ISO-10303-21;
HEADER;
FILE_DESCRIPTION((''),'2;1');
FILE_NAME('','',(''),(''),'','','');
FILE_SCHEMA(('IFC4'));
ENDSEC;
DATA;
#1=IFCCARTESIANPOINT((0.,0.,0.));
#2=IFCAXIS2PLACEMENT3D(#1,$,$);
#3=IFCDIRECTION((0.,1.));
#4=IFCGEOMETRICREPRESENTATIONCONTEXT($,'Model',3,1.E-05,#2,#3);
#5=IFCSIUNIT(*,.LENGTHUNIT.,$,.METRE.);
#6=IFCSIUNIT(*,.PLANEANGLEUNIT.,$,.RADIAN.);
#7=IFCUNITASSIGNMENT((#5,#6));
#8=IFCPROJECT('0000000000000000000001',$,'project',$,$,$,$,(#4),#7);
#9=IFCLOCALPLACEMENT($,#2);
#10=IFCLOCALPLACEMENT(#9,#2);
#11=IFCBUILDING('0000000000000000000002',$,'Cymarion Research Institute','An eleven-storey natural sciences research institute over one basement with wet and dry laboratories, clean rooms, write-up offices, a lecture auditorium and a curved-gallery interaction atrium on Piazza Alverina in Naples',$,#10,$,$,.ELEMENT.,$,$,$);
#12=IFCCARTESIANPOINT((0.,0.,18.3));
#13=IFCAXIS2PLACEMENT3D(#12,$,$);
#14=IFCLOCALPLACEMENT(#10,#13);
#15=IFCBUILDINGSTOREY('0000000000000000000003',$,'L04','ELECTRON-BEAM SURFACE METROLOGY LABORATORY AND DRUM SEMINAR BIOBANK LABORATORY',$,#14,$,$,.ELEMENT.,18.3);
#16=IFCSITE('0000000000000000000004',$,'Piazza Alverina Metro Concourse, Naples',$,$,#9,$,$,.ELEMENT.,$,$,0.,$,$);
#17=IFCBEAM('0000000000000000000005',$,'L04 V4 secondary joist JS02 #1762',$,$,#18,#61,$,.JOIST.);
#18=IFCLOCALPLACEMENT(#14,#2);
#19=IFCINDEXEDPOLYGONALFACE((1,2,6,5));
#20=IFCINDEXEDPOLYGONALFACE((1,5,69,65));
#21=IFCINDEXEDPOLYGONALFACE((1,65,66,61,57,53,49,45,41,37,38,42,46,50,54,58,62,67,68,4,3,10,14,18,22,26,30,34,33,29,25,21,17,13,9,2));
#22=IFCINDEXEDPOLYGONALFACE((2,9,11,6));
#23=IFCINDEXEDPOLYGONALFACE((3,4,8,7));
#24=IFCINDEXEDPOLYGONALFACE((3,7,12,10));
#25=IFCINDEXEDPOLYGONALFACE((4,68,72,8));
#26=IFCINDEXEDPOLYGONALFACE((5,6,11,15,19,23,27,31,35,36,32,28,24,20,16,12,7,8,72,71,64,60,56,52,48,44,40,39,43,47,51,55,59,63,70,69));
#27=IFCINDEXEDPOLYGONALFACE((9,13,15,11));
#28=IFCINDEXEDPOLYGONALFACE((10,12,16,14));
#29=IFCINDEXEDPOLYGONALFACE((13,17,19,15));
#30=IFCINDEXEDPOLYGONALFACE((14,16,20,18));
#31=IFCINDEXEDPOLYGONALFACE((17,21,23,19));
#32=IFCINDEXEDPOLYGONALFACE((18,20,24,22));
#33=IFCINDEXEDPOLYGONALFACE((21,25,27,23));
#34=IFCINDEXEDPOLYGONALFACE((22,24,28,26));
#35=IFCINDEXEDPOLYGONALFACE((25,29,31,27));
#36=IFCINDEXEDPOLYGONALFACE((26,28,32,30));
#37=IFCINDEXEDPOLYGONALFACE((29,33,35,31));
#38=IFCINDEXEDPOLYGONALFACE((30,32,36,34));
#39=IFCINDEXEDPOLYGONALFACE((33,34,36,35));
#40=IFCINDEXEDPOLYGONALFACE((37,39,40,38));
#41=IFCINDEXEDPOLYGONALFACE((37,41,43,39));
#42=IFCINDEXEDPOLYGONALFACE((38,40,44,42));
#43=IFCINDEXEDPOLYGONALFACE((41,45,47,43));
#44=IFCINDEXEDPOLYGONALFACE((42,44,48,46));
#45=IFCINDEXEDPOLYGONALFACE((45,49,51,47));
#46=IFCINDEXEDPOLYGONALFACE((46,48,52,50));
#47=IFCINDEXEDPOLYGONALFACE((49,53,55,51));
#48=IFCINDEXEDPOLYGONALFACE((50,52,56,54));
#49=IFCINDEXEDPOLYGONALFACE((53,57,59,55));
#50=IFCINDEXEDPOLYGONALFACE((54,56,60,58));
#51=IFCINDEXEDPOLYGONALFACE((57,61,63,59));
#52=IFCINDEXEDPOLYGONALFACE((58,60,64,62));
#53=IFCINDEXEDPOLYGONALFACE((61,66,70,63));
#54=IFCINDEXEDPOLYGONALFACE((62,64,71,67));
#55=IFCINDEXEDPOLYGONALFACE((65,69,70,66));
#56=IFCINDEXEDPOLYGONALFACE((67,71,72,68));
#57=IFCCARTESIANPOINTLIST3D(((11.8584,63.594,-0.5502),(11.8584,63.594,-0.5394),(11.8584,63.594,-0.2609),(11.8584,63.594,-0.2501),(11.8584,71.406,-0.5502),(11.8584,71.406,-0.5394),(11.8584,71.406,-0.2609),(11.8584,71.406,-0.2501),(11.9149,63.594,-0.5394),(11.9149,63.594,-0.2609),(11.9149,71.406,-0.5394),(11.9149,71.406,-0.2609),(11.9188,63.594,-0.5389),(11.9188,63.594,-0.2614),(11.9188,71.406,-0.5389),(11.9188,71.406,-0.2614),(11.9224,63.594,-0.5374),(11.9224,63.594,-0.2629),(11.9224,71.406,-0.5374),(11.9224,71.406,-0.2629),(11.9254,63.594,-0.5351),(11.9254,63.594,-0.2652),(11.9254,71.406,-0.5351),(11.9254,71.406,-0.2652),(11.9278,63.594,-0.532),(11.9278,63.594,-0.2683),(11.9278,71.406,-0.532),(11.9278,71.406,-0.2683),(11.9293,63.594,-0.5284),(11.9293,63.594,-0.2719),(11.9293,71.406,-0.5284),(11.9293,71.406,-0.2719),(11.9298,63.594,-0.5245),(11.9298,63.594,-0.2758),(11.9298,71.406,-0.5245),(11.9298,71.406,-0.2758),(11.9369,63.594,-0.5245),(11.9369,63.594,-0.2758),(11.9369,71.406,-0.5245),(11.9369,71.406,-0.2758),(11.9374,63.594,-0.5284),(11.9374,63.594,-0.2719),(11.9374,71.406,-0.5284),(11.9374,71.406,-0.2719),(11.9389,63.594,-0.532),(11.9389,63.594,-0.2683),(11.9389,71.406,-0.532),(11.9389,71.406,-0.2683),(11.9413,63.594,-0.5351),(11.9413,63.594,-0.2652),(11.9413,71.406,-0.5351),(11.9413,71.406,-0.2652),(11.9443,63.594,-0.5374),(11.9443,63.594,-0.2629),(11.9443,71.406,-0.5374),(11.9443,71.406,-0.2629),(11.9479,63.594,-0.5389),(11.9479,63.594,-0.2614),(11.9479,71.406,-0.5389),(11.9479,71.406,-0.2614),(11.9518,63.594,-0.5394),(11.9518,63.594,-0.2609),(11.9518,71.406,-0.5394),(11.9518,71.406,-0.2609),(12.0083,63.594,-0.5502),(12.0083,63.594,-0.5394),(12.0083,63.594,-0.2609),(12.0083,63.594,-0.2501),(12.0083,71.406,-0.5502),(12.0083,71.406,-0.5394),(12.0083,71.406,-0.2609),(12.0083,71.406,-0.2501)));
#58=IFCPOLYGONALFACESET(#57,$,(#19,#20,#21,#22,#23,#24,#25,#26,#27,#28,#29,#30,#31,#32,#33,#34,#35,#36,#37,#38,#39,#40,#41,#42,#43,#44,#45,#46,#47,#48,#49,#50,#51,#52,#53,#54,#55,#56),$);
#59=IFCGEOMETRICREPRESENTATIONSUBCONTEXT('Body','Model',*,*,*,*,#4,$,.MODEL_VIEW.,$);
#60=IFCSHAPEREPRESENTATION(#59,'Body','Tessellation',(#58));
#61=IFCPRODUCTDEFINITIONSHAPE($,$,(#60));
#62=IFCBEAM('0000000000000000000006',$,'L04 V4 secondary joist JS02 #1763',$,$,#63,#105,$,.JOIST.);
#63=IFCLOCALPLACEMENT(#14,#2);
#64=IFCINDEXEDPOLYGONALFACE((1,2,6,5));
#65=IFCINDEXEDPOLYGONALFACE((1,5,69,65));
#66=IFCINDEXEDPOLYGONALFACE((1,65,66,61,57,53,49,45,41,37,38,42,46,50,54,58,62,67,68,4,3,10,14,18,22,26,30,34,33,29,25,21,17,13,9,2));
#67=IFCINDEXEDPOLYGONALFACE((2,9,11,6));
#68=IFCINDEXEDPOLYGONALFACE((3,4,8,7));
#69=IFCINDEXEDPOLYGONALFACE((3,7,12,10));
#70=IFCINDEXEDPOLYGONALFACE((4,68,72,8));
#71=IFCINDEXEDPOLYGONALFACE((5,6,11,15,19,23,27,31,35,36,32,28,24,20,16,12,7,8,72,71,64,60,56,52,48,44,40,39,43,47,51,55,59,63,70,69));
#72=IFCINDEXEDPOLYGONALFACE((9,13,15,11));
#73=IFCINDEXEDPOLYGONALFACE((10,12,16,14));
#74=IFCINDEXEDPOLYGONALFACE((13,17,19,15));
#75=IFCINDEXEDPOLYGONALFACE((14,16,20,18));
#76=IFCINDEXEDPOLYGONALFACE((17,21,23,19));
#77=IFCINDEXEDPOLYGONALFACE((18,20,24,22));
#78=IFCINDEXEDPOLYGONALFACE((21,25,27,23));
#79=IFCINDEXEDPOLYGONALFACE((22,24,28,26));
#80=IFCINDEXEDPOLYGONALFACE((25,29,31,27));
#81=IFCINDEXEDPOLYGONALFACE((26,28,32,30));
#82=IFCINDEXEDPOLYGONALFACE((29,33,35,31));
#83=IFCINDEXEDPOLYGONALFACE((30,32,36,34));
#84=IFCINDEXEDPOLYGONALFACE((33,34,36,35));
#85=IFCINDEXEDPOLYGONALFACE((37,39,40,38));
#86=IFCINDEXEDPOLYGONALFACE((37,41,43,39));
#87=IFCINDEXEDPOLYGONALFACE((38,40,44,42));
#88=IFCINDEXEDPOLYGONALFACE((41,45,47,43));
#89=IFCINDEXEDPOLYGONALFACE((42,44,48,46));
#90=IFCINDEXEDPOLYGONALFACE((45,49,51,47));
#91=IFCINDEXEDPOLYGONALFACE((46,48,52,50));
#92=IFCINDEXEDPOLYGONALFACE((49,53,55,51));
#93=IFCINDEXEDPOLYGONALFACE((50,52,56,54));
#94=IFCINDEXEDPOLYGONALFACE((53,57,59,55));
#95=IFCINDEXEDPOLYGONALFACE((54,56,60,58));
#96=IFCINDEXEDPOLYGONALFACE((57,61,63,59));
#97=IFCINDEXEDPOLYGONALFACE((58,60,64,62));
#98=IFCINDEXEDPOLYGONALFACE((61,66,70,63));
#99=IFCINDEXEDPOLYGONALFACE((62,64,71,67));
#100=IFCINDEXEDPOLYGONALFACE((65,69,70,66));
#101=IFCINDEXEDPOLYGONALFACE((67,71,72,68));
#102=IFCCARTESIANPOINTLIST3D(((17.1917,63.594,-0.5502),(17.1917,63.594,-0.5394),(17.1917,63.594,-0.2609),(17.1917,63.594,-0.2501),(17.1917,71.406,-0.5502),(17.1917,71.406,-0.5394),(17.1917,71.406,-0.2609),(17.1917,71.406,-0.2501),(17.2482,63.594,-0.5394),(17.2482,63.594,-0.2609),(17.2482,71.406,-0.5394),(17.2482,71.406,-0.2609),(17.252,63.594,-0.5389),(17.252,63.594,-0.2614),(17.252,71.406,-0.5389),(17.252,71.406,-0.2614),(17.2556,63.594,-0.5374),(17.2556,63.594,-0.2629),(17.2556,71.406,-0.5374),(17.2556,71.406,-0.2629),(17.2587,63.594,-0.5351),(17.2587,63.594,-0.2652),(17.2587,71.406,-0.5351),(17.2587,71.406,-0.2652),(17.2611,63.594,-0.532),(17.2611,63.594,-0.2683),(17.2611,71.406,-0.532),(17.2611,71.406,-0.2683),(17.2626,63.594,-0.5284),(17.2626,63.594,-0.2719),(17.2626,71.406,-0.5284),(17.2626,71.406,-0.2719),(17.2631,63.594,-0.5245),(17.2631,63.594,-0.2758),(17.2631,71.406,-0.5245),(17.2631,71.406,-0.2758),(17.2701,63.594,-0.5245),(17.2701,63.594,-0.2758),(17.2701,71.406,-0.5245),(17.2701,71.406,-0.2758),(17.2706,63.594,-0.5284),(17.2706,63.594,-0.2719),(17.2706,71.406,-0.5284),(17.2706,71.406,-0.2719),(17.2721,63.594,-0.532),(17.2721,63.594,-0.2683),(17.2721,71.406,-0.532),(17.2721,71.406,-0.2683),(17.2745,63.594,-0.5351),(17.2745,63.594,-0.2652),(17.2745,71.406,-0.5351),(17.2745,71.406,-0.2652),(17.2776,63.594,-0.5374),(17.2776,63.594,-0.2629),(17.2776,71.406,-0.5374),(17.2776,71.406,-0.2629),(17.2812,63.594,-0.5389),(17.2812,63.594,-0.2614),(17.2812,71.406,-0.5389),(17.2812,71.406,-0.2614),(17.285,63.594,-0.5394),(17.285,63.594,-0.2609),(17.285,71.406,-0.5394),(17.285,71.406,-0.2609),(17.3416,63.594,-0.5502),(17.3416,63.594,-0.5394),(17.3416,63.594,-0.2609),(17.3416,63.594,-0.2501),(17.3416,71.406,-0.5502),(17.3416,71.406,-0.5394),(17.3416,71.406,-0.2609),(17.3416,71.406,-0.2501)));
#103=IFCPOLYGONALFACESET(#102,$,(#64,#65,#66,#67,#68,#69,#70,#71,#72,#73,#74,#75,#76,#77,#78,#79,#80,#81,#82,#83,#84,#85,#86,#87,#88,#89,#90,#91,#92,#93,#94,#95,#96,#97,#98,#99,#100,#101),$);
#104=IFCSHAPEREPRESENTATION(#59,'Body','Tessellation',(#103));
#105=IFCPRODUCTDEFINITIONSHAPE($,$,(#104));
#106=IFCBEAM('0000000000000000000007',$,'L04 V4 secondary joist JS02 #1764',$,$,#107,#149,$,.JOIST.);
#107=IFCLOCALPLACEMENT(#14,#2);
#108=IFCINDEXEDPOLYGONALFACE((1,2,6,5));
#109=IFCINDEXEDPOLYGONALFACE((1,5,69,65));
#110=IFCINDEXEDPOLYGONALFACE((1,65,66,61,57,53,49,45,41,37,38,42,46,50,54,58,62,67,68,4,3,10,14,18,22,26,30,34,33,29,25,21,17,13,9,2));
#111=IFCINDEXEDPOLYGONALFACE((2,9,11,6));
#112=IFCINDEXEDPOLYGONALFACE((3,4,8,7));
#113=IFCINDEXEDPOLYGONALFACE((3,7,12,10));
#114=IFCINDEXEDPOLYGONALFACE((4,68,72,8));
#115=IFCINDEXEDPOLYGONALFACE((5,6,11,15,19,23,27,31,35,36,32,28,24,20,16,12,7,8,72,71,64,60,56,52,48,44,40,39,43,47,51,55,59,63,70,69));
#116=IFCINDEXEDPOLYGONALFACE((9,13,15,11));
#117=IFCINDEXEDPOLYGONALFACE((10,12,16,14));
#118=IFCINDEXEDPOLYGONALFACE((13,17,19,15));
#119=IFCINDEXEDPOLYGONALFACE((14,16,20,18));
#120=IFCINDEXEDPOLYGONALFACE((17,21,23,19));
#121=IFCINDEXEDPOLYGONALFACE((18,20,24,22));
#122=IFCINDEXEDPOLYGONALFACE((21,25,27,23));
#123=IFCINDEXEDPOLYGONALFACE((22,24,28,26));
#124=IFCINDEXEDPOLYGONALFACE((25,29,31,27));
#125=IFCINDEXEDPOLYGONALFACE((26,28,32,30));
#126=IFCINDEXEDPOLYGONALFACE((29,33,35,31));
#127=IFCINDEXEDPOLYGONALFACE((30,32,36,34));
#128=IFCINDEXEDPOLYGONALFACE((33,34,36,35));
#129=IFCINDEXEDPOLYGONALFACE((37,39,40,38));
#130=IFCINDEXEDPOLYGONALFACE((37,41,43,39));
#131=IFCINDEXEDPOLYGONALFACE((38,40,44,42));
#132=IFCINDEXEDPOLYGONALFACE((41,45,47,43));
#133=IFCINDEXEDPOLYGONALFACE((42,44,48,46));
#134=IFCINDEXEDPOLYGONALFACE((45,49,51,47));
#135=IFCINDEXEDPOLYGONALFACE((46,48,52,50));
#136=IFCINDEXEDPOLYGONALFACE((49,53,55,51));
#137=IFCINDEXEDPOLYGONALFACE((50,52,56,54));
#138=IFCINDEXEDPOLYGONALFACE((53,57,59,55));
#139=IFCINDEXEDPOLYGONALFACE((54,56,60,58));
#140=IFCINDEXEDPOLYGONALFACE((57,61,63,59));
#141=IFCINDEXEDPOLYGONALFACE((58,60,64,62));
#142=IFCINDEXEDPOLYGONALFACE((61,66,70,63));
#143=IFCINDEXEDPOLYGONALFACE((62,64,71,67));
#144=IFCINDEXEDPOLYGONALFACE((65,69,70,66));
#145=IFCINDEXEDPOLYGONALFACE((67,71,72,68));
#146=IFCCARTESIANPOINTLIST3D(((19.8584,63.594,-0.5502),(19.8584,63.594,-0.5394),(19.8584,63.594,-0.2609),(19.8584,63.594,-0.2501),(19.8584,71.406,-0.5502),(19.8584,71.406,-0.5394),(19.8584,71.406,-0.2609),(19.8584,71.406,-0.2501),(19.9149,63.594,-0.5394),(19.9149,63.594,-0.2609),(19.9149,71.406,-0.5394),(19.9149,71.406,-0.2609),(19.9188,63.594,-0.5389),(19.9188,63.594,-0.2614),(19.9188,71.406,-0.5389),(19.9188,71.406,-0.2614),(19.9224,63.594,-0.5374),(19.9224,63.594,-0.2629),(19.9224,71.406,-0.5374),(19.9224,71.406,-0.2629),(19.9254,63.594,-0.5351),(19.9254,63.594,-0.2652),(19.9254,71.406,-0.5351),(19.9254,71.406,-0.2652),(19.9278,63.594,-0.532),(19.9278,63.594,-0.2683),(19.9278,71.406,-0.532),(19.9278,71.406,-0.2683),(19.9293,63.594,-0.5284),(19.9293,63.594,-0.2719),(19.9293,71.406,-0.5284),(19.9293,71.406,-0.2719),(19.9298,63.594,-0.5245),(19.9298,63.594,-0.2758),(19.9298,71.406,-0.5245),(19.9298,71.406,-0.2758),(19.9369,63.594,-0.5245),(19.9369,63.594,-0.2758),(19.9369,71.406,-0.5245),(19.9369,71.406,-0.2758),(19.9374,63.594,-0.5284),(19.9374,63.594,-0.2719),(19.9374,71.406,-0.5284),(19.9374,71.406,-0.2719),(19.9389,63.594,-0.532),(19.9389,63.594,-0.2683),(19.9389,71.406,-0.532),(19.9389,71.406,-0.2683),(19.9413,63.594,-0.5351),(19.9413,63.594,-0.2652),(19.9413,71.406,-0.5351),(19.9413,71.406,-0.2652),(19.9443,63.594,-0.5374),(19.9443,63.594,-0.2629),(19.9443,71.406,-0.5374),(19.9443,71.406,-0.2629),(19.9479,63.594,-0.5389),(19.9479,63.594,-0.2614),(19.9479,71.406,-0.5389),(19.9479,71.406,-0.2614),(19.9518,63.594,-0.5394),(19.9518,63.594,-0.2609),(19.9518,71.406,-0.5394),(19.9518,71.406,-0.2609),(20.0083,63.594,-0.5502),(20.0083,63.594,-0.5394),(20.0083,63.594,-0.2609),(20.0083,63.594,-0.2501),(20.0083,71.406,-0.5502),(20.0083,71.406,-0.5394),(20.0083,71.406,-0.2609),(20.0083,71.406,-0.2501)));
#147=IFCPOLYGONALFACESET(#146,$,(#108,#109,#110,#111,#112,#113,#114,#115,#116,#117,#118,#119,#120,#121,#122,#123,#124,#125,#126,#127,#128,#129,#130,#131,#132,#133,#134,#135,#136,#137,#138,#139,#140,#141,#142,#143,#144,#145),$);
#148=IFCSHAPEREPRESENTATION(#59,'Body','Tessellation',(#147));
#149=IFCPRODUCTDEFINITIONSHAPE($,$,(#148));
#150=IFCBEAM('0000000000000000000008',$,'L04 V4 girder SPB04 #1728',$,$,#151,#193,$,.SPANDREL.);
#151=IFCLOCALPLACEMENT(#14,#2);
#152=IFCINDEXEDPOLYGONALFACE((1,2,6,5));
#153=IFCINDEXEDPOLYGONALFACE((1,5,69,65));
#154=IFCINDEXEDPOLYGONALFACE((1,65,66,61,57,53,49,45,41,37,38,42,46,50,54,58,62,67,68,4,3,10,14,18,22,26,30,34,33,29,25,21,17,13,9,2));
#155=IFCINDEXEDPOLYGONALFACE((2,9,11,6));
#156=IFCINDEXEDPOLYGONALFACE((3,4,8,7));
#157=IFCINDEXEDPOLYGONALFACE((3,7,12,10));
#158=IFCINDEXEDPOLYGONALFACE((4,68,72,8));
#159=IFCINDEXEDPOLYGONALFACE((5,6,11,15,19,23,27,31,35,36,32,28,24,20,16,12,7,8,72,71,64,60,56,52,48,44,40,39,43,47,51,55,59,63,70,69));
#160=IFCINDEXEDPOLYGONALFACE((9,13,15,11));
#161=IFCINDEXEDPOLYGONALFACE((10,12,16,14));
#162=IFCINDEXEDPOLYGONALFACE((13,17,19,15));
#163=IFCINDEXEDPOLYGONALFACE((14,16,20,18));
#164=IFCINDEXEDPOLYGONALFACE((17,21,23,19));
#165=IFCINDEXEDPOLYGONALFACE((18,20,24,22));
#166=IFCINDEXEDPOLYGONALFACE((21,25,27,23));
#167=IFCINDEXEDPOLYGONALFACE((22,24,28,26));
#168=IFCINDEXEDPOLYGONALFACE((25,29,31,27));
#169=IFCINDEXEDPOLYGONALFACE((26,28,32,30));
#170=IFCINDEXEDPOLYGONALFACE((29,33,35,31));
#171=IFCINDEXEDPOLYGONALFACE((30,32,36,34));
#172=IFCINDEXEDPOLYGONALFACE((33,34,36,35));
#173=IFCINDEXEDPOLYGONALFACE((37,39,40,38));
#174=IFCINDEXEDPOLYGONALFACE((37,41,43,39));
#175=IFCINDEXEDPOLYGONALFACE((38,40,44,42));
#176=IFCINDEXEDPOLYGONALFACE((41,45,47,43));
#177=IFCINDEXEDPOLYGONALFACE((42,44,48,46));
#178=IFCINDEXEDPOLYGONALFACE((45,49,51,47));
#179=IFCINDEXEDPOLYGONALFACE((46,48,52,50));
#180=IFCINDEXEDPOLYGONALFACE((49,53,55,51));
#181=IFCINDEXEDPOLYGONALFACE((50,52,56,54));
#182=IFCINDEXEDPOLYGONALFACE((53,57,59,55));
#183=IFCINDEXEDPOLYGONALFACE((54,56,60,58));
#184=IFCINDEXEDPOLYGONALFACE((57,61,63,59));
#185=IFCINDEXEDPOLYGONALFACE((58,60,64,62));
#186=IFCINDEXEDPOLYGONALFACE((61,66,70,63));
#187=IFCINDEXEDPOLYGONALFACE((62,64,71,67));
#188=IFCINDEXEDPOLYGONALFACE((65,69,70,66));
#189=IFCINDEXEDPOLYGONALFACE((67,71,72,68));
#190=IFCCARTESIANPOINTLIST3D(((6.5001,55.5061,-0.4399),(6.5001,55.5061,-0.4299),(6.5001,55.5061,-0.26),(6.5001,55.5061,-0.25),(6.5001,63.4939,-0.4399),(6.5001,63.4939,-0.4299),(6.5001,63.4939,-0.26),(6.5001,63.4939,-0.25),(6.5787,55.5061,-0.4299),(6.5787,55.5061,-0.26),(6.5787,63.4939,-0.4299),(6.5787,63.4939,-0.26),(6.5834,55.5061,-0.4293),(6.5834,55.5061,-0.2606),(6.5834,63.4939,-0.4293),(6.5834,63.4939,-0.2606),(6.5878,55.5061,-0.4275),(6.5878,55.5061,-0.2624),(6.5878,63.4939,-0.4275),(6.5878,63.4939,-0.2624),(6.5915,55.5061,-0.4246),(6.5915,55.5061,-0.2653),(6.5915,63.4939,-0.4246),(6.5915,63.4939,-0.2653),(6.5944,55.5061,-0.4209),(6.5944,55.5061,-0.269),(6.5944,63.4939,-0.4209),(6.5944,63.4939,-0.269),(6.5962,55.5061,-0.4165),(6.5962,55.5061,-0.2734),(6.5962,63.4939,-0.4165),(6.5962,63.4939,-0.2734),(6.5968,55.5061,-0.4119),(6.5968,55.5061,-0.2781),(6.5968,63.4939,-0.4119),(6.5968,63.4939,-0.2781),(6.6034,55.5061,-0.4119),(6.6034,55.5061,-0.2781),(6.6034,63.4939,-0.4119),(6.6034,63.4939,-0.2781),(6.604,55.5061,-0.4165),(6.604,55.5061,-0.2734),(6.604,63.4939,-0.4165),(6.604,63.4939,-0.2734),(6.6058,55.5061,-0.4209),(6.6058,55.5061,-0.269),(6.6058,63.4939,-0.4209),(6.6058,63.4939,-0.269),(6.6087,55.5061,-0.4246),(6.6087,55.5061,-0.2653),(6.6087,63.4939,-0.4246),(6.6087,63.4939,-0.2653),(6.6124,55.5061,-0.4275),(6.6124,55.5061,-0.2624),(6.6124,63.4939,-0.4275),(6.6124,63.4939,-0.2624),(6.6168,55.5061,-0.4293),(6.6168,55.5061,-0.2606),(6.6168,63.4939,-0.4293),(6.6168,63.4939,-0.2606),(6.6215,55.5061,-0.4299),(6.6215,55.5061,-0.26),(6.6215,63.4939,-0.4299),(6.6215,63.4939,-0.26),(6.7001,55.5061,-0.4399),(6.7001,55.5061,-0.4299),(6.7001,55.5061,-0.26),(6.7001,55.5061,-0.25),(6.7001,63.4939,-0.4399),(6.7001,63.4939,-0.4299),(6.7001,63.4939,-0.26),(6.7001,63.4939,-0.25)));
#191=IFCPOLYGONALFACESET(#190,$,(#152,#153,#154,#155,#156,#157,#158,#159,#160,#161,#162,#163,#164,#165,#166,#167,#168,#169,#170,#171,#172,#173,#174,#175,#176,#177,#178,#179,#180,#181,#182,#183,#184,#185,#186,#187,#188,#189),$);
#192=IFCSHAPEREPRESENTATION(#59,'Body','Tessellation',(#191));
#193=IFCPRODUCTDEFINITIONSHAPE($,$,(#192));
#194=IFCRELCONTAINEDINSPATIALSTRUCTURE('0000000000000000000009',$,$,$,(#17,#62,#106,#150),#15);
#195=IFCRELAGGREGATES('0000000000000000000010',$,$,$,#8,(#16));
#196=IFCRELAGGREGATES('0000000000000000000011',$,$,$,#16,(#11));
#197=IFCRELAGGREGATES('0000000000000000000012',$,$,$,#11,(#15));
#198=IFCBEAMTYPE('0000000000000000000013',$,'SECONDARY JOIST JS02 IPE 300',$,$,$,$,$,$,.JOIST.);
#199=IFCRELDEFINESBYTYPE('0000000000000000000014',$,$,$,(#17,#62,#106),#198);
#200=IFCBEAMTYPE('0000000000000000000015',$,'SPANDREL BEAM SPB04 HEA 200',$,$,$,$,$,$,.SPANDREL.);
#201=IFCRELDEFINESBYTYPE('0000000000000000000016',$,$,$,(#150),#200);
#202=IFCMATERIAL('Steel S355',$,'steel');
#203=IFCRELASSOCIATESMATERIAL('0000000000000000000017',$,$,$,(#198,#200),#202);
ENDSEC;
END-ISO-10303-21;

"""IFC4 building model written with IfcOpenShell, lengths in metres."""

from ifc_helpers import new_model, si_unit, direction, frame, origin, origin_2d, place, context, subcontext, project, spatial, i_section, extrude, material, material_profile, profile_set, type_object, element, save


model = new_model("IFC4")

# Units and contexts
model_context = context("Model", 3, precision=1e-05, world=origin(), true_north=direction((0.0, 1.0)))
body_context = subcontext(model_context, "Body", "Model", "MODEL_VIEW")
ifc_project = project(units=[si_unit("LENGTHUNIT", "METRE"), si_unit("PLANEANGLEUNIT", "RADIAN")], contexts=[model_context])

# Site, building, storey
site_placement = place(None, origin())
site = spatial("IfcSite", under=ifc_project, at=site_placement, Name="Piazza Alverina Metro Concourse, Naples", CompositionType="ELEMENT", RefElevation=0.0)
building_placement = place(site_placement, origin())
building = spatial("IfcBuilding", under=site, at=building_placement, Name="Cymarion Research Institute", Description="An eleven-storey natural sciences research institute over one basement with wet and dry laboratories, clean rooms, write-up offices, a lecture auditorium and a curved-gallery interaction atrium on Piazza Alverina in Naples", CompositionType="ELEMENT")
storey_placement = place(building_placement, frame((0.0, 0.0, 18.3)))
storey = spatial("IfcBuildingStorey", under=building, at=storey_placement, Name="L04", Description="ELECTRON-BEAM SURFACE METROLOGY LABORATORY AND DRUM SEMINAR BIOBANK LABORATORY", CompositionType="ELEMENT", Elevation=18.3)

# Shared definitions
ifc_material_1 = material(Name="Steel S355", Category="steel")

# Beams
ifc_material_profile_1 = material_profile(ifc_material_1, i_section(OverallWidth=0.1499, OverallDepth=0.3, WebThickness=0.0071, FlangeThickness=0.0107, FilletRadius=0.0149, at=origin_2d()), Name="IPE 300")
ifc_profile_set_1 = profile_set([ifc_material_profile_1], Name="Steel S355")
beam_type_1 = type_object("IfcBeamType", Name="SECONDARY JOIST JS02 IPE 300", PredefinedType="JOIST", material=ifc_profile_set_1)
for number, where, z_axis, x_axis, name in (
    (1, (11.9333, 63.594, -0.4001), (0.0, 1.0, 0.0), (-1.0, 0.0, 0.0), "L04 V4 secondary joist JS02 #1762"),
    (2, (17.2666, 63.594, -0.4001), (0.0, 1.0, 0.0), (-1.0, 0.0, 0.0), "L04 V4 secondary joist JS02 #1763"),
    (3, (19.9333, 63.594, -0.4001), (0.0, 1.0, 0.0), (-1.0, 0.0, 0.0), "L04 V4 secondary joist JS02 #1764"),
):
    element("IfcBeam", number, at=place(storey_placement, frame(where, z_axis=z_axis, x_axis=x_axis)), inside=storey, type_object=beam_type_1, Name=name, PredefinedType="JOIST", context=body_context, shape_type="SweptSolid", body=[
        extrude(i_section(OverallWidth=0.1499, OverallDepth=0.3, WebThickness=0.0071, FlangeThickness=0.0107, FilletRadius=0.0149, at=origin_2d()), origin(), (0.0, 0.0, 1.0), 7.812),
    ])
ifc_material_profile_2 = material_profile(ifc_material_1, i_section(OverallWidth=0.2, OverallDepth=0.1899, WebThickness=0.0066, FlangeThickness=0.01, FilletRadius=0.0181, at=origin_2d()), Name="HEA 200")
ifc_profile_set_2 = profile_set([ifc_material_profile_2], Name="Steel S355")
beam_type_2 = type_object("IfcBeamType", Name="SPANDREL BEAM SPB04 HEA 200", PredefinedType="SPANDREL", material=ifc_profile_set_2)
for number, where, z_axis, x_axis, name in (
    (4, (6.6001, 55.5061, -0.345), (0.0, 1.0, 0.0), (-1.0, 0.0, 0.0), "L04 V4 girder SPB04 #1728"),
):
    element("IfcBeam", number, at=place(storey_placement, frame(where, z_axis=z_axis, x_axis=x_axis)), inside=storey, type_object=beam_type_2, Name=name, PredefinedType="SPANDREL", context=body_context, shape_type="SweptSolid", body=[
        extrude(i_section(OverallWidth=0.2, OverallDepth=0.1899, WebThickness=0.0066, FlangeThickness=0.01, FilletRadius=0.0181, at=origin_2d()), origin(), (0.0, 0.0, 1.0), 7.9878),
    ])

save(model, "model.ifc")
